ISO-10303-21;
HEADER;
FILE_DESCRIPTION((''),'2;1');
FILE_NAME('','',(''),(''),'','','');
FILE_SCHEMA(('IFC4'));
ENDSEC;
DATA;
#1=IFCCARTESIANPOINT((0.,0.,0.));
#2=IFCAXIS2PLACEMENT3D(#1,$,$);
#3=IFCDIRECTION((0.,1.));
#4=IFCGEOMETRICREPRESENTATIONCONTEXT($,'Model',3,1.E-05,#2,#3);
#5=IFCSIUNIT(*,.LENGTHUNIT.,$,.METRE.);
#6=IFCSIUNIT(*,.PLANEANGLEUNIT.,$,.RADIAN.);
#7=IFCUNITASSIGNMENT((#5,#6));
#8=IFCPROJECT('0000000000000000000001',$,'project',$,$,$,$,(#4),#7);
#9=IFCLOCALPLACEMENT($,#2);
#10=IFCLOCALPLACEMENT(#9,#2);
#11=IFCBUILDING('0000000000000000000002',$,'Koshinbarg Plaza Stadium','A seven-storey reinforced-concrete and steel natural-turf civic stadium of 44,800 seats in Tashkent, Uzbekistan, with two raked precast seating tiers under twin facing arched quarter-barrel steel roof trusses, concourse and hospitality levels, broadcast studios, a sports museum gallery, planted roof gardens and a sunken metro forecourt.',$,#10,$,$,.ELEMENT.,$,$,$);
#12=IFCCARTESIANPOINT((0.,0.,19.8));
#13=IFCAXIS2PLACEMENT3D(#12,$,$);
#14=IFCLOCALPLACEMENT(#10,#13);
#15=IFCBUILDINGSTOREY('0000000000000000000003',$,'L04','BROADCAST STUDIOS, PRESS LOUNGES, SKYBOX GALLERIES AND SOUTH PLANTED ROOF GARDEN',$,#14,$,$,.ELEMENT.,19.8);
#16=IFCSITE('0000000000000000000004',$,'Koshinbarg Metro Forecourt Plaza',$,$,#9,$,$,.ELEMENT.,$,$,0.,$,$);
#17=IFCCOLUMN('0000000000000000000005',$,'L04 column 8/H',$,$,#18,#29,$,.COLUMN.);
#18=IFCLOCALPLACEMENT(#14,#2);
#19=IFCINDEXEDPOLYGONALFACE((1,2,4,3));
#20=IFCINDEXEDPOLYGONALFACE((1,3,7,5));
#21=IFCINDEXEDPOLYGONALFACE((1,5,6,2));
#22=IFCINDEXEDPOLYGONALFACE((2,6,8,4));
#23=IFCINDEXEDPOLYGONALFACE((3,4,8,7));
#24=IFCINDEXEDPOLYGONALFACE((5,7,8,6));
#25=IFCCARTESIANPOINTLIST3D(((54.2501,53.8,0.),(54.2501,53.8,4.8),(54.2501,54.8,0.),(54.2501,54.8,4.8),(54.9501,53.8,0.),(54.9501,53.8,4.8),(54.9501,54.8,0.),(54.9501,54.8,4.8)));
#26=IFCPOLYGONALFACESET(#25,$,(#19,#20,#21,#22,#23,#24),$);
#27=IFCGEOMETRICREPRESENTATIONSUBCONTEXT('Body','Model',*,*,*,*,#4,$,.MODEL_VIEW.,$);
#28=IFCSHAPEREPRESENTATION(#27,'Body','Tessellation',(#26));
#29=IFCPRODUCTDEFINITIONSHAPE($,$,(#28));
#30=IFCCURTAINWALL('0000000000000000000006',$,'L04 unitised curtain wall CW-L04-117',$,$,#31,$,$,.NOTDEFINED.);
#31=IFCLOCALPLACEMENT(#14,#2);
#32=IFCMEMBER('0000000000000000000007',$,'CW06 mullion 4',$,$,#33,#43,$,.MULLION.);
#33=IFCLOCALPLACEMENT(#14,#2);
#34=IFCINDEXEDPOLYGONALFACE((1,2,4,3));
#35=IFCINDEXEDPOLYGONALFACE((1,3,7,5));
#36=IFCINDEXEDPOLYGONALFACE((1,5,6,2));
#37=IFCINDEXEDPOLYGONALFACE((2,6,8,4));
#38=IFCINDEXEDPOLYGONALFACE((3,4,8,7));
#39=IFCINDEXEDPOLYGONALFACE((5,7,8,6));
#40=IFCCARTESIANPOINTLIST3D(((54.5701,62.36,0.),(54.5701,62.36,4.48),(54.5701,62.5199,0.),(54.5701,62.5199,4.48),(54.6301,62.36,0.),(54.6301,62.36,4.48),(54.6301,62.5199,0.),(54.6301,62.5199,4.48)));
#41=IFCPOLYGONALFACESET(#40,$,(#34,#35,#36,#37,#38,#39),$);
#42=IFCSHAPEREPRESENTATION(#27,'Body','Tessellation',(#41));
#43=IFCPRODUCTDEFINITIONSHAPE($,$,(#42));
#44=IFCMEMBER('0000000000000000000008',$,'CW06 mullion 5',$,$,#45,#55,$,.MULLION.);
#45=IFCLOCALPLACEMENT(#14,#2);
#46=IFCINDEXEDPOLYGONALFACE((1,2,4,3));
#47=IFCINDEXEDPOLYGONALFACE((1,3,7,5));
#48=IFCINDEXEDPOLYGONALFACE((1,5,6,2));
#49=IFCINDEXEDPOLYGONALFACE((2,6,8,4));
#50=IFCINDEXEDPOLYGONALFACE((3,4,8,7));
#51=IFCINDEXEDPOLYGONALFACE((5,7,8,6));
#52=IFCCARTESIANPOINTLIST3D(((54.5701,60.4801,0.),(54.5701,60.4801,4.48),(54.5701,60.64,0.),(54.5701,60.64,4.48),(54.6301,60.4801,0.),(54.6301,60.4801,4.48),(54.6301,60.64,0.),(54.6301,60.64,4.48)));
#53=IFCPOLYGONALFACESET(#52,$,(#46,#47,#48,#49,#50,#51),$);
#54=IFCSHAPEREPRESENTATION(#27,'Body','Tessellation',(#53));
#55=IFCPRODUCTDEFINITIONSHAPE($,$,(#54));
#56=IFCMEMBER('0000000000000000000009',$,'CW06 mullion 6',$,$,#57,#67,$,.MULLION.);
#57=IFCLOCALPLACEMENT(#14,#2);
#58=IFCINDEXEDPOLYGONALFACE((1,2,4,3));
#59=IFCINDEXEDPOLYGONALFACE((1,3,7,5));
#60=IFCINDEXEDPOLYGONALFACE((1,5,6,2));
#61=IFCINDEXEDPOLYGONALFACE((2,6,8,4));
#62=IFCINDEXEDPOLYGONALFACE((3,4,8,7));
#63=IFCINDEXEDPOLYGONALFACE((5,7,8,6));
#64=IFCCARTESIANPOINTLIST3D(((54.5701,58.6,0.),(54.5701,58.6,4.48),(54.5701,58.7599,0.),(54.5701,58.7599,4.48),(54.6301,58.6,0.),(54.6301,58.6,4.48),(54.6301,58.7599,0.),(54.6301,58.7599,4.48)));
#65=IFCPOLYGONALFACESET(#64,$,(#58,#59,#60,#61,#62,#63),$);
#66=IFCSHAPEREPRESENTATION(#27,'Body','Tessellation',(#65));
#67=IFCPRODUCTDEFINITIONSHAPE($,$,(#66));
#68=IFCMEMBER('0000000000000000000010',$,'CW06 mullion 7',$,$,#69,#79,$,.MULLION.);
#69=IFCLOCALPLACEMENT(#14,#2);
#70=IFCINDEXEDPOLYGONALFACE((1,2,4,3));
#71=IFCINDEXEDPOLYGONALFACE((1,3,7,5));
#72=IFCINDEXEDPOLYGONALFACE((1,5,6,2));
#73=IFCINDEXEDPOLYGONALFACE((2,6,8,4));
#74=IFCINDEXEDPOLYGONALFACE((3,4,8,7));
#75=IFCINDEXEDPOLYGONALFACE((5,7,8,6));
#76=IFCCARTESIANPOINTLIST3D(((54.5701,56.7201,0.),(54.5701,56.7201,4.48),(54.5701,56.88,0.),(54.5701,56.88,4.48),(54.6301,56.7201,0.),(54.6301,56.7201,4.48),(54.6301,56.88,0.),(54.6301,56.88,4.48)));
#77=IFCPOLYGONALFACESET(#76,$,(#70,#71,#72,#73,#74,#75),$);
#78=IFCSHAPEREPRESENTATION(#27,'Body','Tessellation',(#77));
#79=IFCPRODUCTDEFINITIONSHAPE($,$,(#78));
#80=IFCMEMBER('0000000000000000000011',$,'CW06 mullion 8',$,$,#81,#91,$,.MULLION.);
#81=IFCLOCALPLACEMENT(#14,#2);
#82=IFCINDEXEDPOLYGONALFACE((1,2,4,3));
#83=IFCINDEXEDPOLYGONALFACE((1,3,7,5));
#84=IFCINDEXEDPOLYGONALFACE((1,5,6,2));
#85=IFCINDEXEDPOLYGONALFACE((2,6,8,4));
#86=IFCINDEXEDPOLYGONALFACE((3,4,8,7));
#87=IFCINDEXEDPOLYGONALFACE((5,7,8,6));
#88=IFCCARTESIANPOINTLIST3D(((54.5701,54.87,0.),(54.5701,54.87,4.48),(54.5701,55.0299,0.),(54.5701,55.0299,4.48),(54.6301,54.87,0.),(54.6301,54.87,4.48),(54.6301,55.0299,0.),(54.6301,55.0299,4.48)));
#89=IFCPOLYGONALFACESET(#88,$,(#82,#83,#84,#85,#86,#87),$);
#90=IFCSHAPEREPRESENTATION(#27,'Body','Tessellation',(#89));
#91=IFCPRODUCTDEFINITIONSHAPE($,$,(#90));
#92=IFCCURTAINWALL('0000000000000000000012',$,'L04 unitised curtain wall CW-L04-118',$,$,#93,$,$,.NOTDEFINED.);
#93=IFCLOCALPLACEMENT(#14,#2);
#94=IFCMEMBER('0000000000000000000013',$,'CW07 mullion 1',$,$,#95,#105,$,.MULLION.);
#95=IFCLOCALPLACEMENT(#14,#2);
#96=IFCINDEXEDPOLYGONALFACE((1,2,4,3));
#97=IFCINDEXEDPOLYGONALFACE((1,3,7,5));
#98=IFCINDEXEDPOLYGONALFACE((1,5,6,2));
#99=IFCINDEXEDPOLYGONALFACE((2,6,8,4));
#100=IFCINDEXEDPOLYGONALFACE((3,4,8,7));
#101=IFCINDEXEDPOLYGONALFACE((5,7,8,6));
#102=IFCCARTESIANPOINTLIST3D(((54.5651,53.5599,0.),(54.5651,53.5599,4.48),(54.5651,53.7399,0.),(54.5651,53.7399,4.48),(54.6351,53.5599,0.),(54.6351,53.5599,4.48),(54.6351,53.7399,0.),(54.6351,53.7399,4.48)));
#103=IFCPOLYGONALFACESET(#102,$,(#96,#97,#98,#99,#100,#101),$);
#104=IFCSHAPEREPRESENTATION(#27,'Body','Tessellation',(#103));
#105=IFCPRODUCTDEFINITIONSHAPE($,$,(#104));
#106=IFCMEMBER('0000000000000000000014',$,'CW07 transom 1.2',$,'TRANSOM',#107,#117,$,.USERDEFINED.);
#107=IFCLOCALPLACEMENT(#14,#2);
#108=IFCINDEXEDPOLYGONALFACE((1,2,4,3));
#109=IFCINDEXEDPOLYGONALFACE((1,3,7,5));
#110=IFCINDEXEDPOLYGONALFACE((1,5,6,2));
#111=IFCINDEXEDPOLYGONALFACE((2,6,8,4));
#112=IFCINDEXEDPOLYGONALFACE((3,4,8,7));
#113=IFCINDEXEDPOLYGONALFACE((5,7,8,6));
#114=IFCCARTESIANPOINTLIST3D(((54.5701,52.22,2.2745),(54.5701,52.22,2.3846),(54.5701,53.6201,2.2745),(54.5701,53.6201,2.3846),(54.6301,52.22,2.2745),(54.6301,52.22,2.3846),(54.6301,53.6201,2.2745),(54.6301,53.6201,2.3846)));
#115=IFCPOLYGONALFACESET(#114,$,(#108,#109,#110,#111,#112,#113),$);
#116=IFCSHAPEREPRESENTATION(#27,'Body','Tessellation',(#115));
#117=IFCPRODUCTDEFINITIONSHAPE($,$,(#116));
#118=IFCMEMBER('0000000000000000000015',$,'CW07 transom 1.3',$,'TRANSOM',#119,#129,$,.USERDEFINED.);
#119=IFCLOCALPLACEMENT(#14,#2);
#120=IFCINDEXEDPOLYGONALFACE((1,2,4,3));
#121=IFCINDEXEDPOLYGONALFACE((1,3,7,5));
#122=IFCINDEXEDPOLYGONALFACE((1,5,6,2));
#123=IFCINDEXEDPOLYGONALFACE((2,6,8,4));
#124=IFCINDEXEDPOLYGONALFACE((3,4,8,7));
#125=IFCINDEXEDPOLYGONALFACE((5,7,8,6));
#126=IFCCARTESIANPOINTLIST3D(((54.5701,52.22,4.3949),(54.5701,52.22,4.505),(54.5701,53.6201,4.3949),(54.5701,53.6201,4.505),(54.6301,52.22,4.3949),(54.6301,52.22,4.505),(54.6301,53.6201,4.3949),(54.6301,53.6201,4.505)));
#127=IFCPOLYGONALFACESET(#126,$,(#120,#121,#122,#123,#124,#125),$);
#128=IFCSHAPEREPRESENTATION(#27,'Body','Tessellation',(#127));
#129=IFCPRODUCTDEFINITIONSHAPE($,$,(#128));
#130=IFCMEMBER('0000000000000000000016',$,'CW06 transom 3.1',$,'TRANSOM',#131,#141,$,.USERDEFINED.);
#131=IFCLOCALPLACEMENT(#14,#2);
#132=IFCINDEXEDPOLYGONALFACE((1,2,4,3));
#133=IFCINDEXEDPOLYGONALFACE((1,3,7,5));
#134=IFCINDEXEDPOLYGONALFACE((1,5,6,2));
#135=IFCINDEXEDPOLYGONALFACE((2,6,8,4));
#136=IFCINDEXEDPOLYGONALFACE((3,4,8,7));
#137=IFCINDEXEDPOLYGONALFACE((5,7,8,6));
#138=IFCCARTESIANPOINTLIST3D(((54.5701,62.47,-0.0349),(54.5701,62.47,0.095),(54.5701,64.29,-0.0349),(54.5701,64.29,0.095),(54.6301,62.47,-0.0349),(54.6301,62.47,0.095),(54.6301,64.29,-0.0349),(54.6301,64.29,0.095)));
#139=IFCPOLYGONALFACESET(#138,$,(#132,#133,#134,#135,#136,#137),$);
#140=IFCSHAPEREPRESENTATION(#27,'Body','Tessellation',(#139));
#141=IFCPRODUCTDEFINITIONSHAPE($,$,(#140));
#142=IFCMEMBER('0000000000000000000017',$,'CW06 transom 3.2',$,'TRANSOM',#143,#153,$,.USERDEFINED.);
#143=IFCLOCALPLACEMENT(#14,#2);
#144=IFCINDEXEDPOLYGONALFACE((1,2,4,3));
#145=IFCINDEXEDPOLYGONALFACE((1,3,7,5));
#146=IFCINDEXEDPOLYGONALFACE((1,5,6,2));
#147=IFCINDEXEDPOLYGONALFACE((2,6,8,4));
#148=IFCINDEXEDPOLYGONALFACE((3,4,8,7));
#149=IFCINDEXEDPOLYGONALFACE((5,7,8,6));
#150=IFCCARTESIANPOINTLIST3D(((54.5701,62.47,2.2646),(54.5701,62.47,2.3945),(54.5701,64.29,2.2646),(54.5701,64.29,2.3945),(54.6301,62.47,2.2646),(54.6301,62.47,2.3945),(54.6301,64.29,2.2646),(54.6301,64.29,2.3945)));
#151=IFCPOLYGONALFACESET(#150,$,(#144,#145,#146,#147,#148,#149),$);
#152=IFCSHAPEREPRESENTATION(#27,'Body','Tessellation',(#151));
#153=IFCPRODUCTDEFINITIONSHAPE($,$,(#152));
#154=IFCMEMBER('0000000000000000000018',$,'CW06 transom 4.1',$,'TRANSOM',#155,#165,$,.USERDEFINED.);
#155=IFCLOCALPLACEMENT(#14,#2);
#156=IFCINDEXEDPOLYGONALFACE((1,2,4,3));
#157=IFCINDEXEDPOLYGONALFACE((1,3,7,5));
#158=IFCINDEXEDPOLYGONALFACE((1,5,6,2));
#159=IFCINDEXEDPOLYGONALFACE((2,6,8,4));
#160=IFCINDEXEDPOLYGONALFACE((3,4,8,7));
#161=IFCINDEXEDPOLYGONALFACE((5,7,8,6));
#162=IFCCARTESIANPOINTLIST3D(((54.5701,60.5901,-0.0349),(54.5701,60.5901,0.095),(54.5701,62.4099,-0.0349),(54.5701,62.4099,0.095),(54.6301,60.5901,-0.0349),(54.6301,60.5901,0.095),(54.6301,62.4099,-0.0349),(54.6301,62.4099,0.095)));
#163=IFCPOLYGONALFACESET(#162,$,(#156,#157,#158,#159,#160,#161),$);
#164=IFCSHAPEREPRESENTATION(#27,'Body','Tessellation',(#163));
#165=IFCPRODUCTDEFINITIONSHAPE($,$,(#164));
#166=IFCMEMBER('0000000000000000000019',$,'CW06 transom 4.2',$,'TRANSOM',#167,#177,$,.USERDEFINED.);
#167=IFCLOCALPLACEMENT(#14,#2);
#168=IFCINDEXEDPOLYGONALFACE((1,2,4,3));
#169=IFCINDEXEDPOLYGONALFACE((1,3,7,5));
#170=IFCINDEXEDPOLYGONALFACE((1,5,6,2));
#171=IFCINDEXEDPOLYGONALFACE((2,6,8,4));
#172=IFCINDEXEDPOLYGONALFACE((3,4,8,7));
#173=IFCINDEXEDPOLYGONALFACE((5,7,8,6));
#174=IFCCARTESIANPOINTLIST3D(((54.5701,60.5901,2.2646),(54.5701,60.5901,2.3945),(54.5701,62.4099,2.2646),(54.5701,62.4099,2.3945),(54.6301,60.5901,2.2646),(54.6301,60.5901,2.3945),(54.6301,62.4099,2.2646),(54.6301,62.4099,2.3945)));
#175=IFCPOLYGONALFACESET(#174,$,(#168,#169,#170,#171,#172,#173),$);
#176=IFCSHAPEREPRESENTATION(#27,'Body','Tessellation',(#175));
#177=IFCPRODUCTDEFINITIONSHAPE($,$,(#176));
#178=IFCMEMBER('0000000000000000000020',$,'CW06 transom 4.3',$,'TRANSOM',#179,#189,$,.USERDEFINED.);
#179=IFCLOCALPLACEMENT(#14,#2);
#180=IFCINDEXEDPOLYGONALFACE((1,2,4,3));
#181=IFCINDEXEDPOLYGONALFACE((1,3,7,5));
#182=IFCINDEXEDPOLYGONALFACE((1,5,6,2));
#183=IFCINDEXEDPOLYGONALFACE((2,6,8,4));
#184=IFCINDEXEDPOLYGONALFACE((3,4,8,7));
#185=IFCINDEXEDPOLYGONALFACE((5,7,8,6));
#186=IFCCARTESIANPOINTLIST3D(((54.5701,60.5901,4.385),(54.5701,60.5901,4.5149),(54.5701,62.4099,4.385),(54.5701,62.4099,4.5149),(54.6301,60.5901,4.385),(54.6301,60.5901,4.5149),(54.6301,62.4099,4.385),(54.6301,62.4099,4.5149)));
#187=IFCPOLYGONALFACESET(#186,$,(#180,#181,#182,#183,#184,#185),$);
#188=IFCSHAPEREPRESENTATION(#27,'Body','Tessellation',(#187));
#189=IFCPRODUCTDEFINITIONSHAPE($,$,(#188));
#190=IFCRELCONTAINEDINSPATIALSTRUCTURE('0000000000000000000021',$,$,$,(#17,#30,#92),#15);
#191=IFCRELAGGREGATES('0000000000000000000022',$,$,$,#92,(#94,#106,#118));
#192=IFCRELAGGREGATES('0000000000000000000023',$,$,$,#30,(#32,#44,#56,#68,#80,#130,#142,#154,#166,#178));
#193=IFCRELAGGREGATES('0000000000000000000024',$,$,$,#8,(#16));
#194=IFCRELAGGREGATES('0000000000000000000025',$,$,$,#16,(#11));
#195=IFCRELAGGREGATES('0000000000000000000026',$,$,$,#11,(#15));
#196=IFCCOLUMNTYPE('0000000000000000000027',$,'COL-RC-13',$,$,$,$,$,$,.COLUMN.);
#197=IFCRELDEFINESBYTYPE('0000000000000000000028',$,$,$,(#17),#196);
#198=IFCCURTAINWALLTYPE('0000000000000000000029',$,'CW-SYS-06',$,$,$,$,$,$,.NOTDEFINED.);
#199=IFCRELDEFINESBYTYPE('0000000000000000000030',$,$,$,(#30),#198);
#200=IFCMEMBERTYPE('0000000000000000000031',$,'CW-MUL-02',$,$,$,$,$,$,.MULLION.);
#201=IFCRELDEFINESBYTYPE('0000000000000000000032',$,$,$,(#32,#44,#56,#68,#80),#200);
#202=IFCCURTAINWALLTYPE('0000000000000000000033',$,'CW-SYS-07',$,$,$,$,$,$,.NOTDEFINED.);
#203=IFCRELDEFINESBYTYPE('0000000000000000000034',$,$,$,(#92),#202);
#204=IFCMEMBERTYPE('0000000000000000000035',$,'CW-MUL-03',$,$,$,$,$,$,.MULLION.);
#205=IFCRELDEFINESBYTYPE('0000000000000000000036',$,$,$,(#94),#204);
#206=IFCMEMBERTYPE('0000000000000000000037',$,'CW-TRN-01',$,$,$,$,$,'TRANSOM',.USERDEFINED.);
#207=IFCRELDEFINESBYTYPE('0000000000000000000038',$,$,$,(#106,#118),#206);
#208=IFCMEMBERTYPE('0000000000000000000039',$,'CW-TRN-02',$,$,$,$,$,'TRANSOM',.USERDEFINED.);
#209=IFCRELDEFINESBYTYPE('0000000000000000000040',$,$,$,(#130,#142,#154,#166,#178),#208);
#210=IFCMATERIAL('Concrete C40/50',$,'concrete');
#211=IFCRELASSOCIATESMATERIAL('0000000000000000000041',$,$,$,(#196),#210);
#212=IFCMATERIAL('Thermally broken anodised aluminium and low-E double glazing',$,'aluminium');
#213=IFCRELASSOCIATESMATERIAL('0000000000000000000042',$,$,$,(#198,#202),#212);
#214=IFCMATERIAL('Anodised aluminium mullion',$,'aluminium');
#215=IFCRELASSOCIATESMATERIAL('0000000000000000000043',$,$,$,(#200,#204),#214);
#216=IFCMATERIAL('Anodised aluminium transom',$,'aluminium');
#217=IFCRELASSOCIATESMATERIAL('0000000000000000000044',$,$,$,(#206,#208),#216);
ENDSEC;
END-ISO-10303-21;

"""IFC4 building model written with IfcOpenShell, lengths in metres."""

from ifc_helpers import new_model, si_unit, direction, frame, origin, origin_2d, place, context, subcontext, project, spatial, rectangle, extrude, material, material_profile, profile_set, type_object, element, aggregate, save


model = new_model("IFC4")

# Units and contexts
model_context = context("Model", 3, precision=1e-05, world=origin(), true_north=direction((0.0, 1.0)))
body_context = subcontext(model_context, "Body", "Model", "MODEL_VIEW")
ifc_project = project(units=[si_unit("LENGTHUNIT", "METRE"), si_unit("PLANEANGLEUNIT", "RADIAN")], contexts=[model_context])

# Site, building, storey
site_placement = place(None, origin())
site = spatial("IfcSite", under=ifc_project, at=site_placement, Name="Koshinbarg Metro Forecourt Plaza", CompositionType="ELEMENT", RefElevation=0.0)
building_placement = place(site_placement, origin())
building = spatial("IfcBuilding", under=site, at=building_placement, Name="Koshinbarg Plaza Stadium", Description="A seven-storey reinforced-concrete and steel natural-turf civic stadium of 44,800 seats in Tashkent, Uzbekistan, with two raked precast seating tiers under twin facing arched quarter-barrel steel roof trusses, concourse and hospitality levels, broadcast studios, a sports museum gallery, planted roof gardens and a sunken metro forecourt.", CompositionType="ELEMENT")
storey_placement = place(building_placement, frame((0.0, 0.0, 19.8)))
storey = spatial("IfcBuildingStorey", under=building, at=storey_placement, Name="L04", Description="BROADCAST STUDIOS, PRESS LOUNGES, SKYBOX GALLERIES AND SOUTH PLANTED ROOF GARDEN", CompositionType="ELEMENT", Elevation=19.8)

# Column
ifc_material_1 = material(Name="Concrete C40/50", Category="concrete")
ifc_material_profile_1 = material_profile(ifc_material_1, rectangle(XDim=0.7, YDim=1.0, at=origin_2d()), Name="RC 700x1000")
ifc_profile_set_1 = profile_set([ifc_material_profile_1], Name="Concrete C40/50")
column_type = type_object("IfcColumnType", Name="COL-RC-13", PredefinedType="COLUMN", material=ifc_profile_set_1)
column_placement = place(storey_placement, frame((54.6001, 54.3, 0.0), z_axis=(0.0, 0.0, 1.0), x_axis=(1.0, 0.0, 0.0)))
element("IfcColumn", 1, at=column_placement, inside=storey, type_object=column_type, Name="L04 column 8/H", PredefinedType="COLUMN", context=body_context, shape_type="SweptSolid", body=[
    extrude(rectangle(XDim=0.7, YDim=1.0, at=origin_2d()), origin(), (0.0, 0.0, 1.0), 4.8),
])

# Curtain walls, members
ifc_material_2 = material(Name="Thermally broken anodised aluminium and low-E double glazing", Category="aluminium")
curtain_wall_type_1 = type_object("IfcCurtainWallType", Name="CW-SYS-06", PredefinedType="NOTDEFINED", material=ifc_material_2)
curtain_wall_1_placement = place(storey_placement, origin())
curtain_wall_1 = element("IfcCurtainWall", 2, at=curtain_wall_1_placement, inside=storey, type_object=curtain_wall_type_1, Name="L04 unitised curtain wall CW-L04-117", PredefinedType="NOTDEFINED")
ifc_material_3 = material(Name="Anodised aluminium mullion", Category="aluminium")
ifc_material_profile_2 = material_profile(ifc_material_3, rectangle(XDim=0.0601, YDim=0.1599, at=origin_2d()), Name="ALU 60x160")
ifc_profile_set_2 = profile_set([ifc_material_profile_2], Name="Anodised aluminium mullion")
member_type_1 = type_object("IfcMemberType", Name="CW-MUL-02", PredefinedType="MULLION", material=ifc_profile_set_2)
member_1_placement = place(storey_placement, frame((54.6001, 62.4399, 0.0), z_axis=(0.0, 0.0, 1.0), x_axis=(1.0, 0.0, 0.0)))
member_1 = element("IfcMember", 3, at=member_1_placement, type_object=member_type_1, Name="CW06 mullion 4", PredefinedType="MULLION", context=body_context, shape_type="SweptSolid", body=[
    extrude(rectangle(XDim=0.0601, YDim=0.1599, at=origin_2d()), origin(), (0.0, 0.0, 1.0), 4.48),
])
member_2_placement = place(storey_placement, frame((54.6001, 60.5601, 0.0), z_axis=(0.0, 0.0, 1.0), x_axis=(1.0, 0.0, 0.0)))
member_2 = element("IfcMember", 4, at=member_2_placement, type_object=member_type_1, Name="CW06 mullion 5", PredefinedType="MULLION", context=body_context, shape_type="SweptSolid", body=[
    extrude(rectangle(XDim=0.0601, YDim=0.1599, at=origin_2d()), origin(), (0.0, 0.0, 1.0), 4.48),
])
member_3_placement = place(storey_placement, frame((54.6001, 58.6799, 0.0), z_axis=(0.0, 0.0, 1.0), x_axis=(1.0, 0.0, 0.0)))
member_3 = element("IfcMember", 5, at=member_3_placement, type_object=member_type_1, Name="CW06 mullion 6", PredefinedType="MULLION", context=body_context, shape_type="SweptSolid", body=[
    extrude(rectangle(XDim=0.0601, YDim=0.1599, at=origin_2d()), origin(), (0.0, 0.0, 1.0), 4.48),
])
member_4_placement = place(storey_placement, frame((54.6001, 56.8, 0.0), z_axis=(0.0, 0.0, 1.0), x_axis=(1.0, 0.0, 0.0)))
member_4 = element("IfcMember", 6, at=member_4_placement, type_object=member_type_1, Name="CW06 mullion 7", PredefinedType="MULLION", context=body_context, shape_type="SweptSolid", body=[
    extrude(rectangle(XDim=0.0601, YDim=0.1599, at=origin_2d()), origin(), (0.0, 0.0, 1.0), 4.48),
])
member_5_placement = place(storey_placement, frame((54.6001, 54.95, 0.0), z_axis=(0.0, 0.0, 1.0), x_axis=(1.0, 0.0, 0.0)))
member_5 = element("IfcMember", 7, at=member_5_placement, type_object=member_type_1, Name="CW06 mullion 8", PredefinedType="MULLION", context=body_context, shape_type="SweptSolid", body=[
    extrude(rectangle(XDim=0.0601, YDim=0.1599, at=origin_2d()), origin(), (0.0, 0.0, 1.0), 4.48),
])
curtain_wall_type_2 = type_object("IfcCurtainWallType", Name="CW-SYS-07", PredefinedType="NOTDEFINED", material=ifc_material_2)
curtain_wall_2_placement = place(storey_placement, origin())
curtain_wall_2 = element("IfcCurtainWall", 8, at=curtain_wall_2_placement, inside=storey, type_object=curtain_wall_type_2, Name="L04 unitised curtain wall CW-L04-118", PredefinedType="NOTDEFINED")
ifc_material_profile_3 = material_profile(ifc_material_3, rectangle(XDim=0.0701, YDim=0.1799, at=origin_2d()), Name="ALU 70x180")
ifc_profile_set_3 = profile_set([ifc_material_profile_3], Name="Anodised aluminium mullion")
member_type_2 = type_object("IfcMemberType", Name="CW-MUL-03", PredefinedType="MULLION", material=ifc_profile_set_3)
member_6_placement = place(storey_placement, frame((54.6001, 53.6499, 0.0), z_axis=(0.0, 0.0, 1.0), x_axis=(1.0, 0.0, 0.0)))
member_6 = element("IfcMember", 9, at=member_6_placement, type_object=member_type_2, Name="CW07 mullion 1", PredefinedType="MULLION", context=body_context, shape_type="SweptSolid", body=[
    extrude(rectangle(XDim=0.0701, YDim=0.1799, at=origin_2d()), origin(), (0.0, 0.0, 1.0), 4.48),
])
ifc_material_4 = material(Name="Anodised aluminium transom", Category="aluminium")
ifc_material_profile_4 = material_profile(ifc_material_4, rectangle(XDim=0.0601, YDim=0.1101, at=origin_2d()), Name="ALU 60x110")
ifc_profile_set_4 = profile_set([ifc_material_profile_4], Name="Anodised aluminium transom")
member_type_3 = type_object("IfcMemberType", Name="CW-TRN-01", ElementType="TRANSOM", PredefinedType="USERDEFINED", material=ifc_profile_set_4)
member_7_placement = place(storey_placement, frame((54.6001, 53.6201, 2.3296), z_axis=(0.0, -1.0, 0.0), x_axis=(1.0, 0.0, 0.0)))
member_7 = element("IfcMember", 10, at=member_7_placement, type_object=member_type_3, Name="CW07 transom 1.2", ObjectType="TRANSOM", PredefinedType="USERDEFINED", context=body_context, shape_type="SweptSolid", body=[
    extrude(rectangle(XDim=0.0601, YDim=0.1101, at=origin_2d()), origin(), (0.0, 0.0, 1.0), 1.4001),
])
member_8_placement = place(storey_placement, frame((54.6001, 53.6201, 4.45), z_axis=(0.0, -1.0, 0.0), x_axis=(1.0, 0.0, 0.0)))
member_8 = element("IfcMember", 11, at=member_8_placement, type_object=member_type_3, Name="CW07 transom 1.3", ObjectType="TRANSOM", PredefinedType="USERDEFINED", context=body_context, shape_type="SweptSolid", body=[
    extrude(rectangle(XDim=0.0601, YDim=0.1101, at=origin_2d()), origin(), (0.0, 0.0, 1.0), 1.4001),
])
aggregate(curtain_wall_2, [member_6, member_7, member_8])

# Members
ifc_material_profile_5 = material_profile(ifc_material_4, rectangle(XDim=0.0601, YDim=0.1299, at=origin_2d()), Name="ALU 60x130")
ifc_profile_set_5 = profile_set([ifc_material_profile_5], Name="Anodised aluminium transom")
member_type_4 = type_object("IfcMemberType", Name="CW-TRN-02", ElementType="TRANSOM", PredefinedType="USERDEFINED", material=ifc_profile_set_5)
member_9_placement = place(storey_placement, frame((54.6001, 64.29, 0.03), z_axis=(0.0, -1.0, 0.0), x_axis=(1.0, 0.0, 0.0)))
member_9 = element("IfcMember", 12, at=member_9_placement, type_object=member_type_4, Name="CW06 transom 3.1", ObjectType="TRANSOM", PredefinedType="USERDEFINED", context=body_context, shape_type="SweptSolid", body=[
    extrude(rectangle(XDim=0.0601, YDim=0.1299, at=origin_2d()), origin(), (0.0, 0.0, 1.0), 1.8201),
])
member_10_placement = place(storey_placement, frame((54.6001, 64.29, 2.3296), z_axis=(0.0, -1.0, 0.0), x_axis=(1.0, 0.0, 0.0)))
member_10 = element("IfcMember", 13, at=member_10_placement, type_object=member_type_4, Name="CW06 transom 3.2", ObjectType="TRANSOM", PredefinedType="USERDEFINED", context=body_context, shape_type="SweptSolid", body=[
    extrude(rectangle(XDim=0.0601, YDim=0.1299, at=origin_2d()), origin(), (0.0, 0.0, 1.0), 1.8201),
])
member_11_placement = place(storey_placement, frame((54.6001, 62.4099, 0.03), z_axis=(0.0, -1.0, 0.0), x_axis=(1.0, 0.0, 0.0)))
member_11 = element("IfcMember", 14, at=member_11_placement, type_object=member_type_4, Name="CW06 transom 4.1", ObjectType="TRANSOM", PredefinedType="USERDEFINED", context=body_context, shape_type="SweptSolid", body=[
    extrude(rectangle(XDim=0.0601, YDim=0.1299, at=origin_2d()), origin(), (0.0, 0.0, 1.0), 1.8198),
])
member_12_placement = place(storey_placement, frame((54.6001, 62.4099, 2.3296), z_axis=(0.0, -1.0, 0.0), x_axis=(1.0, 0.0, 0.0)))
member_12 = element("IfcMember", 15, at=member_12_placement, type_object=member_type_4, Name="CW06 transom 4.2", ObjectType="TRANSOM", PredefinedType="USERDEFINED", context=body_context, shape_type="SweptSolid", body=[
    extrude(rectangle(XDim=0.0601, YDim=0.1299, at=origin_2d()), origin(), (0.0, 0.0, 1.0), 1.8198),
])
member_13_placement = place(storey_placement, frame((54.6001, 62.4099, 4.45), z_axis=(0.0, -1.0, 0.0), x_axis=(1.0, 0.0, 0.0)))
member_13 = element("IfcMember", 16, at=member_13_placement, type_object=member_type_4, Name="CW06 transom 4.3", ObjectType="TRANSOM", PredefinedType="USERDEFINED", context=body_context, shape_type="SweptSolid", body=[
    extrude(rectangle(XDim=0.0601, YDim=0.1299, at=origin_2d()), origin(), (0.0, 0.0, 1.0), 1.8198),
])

aggregate(curtain_wall_1, [member_1, member_2, member_3, member_4, member_5, member_9, member_10, member_11, member_12, member_13])

save(model, "model.ifc")
